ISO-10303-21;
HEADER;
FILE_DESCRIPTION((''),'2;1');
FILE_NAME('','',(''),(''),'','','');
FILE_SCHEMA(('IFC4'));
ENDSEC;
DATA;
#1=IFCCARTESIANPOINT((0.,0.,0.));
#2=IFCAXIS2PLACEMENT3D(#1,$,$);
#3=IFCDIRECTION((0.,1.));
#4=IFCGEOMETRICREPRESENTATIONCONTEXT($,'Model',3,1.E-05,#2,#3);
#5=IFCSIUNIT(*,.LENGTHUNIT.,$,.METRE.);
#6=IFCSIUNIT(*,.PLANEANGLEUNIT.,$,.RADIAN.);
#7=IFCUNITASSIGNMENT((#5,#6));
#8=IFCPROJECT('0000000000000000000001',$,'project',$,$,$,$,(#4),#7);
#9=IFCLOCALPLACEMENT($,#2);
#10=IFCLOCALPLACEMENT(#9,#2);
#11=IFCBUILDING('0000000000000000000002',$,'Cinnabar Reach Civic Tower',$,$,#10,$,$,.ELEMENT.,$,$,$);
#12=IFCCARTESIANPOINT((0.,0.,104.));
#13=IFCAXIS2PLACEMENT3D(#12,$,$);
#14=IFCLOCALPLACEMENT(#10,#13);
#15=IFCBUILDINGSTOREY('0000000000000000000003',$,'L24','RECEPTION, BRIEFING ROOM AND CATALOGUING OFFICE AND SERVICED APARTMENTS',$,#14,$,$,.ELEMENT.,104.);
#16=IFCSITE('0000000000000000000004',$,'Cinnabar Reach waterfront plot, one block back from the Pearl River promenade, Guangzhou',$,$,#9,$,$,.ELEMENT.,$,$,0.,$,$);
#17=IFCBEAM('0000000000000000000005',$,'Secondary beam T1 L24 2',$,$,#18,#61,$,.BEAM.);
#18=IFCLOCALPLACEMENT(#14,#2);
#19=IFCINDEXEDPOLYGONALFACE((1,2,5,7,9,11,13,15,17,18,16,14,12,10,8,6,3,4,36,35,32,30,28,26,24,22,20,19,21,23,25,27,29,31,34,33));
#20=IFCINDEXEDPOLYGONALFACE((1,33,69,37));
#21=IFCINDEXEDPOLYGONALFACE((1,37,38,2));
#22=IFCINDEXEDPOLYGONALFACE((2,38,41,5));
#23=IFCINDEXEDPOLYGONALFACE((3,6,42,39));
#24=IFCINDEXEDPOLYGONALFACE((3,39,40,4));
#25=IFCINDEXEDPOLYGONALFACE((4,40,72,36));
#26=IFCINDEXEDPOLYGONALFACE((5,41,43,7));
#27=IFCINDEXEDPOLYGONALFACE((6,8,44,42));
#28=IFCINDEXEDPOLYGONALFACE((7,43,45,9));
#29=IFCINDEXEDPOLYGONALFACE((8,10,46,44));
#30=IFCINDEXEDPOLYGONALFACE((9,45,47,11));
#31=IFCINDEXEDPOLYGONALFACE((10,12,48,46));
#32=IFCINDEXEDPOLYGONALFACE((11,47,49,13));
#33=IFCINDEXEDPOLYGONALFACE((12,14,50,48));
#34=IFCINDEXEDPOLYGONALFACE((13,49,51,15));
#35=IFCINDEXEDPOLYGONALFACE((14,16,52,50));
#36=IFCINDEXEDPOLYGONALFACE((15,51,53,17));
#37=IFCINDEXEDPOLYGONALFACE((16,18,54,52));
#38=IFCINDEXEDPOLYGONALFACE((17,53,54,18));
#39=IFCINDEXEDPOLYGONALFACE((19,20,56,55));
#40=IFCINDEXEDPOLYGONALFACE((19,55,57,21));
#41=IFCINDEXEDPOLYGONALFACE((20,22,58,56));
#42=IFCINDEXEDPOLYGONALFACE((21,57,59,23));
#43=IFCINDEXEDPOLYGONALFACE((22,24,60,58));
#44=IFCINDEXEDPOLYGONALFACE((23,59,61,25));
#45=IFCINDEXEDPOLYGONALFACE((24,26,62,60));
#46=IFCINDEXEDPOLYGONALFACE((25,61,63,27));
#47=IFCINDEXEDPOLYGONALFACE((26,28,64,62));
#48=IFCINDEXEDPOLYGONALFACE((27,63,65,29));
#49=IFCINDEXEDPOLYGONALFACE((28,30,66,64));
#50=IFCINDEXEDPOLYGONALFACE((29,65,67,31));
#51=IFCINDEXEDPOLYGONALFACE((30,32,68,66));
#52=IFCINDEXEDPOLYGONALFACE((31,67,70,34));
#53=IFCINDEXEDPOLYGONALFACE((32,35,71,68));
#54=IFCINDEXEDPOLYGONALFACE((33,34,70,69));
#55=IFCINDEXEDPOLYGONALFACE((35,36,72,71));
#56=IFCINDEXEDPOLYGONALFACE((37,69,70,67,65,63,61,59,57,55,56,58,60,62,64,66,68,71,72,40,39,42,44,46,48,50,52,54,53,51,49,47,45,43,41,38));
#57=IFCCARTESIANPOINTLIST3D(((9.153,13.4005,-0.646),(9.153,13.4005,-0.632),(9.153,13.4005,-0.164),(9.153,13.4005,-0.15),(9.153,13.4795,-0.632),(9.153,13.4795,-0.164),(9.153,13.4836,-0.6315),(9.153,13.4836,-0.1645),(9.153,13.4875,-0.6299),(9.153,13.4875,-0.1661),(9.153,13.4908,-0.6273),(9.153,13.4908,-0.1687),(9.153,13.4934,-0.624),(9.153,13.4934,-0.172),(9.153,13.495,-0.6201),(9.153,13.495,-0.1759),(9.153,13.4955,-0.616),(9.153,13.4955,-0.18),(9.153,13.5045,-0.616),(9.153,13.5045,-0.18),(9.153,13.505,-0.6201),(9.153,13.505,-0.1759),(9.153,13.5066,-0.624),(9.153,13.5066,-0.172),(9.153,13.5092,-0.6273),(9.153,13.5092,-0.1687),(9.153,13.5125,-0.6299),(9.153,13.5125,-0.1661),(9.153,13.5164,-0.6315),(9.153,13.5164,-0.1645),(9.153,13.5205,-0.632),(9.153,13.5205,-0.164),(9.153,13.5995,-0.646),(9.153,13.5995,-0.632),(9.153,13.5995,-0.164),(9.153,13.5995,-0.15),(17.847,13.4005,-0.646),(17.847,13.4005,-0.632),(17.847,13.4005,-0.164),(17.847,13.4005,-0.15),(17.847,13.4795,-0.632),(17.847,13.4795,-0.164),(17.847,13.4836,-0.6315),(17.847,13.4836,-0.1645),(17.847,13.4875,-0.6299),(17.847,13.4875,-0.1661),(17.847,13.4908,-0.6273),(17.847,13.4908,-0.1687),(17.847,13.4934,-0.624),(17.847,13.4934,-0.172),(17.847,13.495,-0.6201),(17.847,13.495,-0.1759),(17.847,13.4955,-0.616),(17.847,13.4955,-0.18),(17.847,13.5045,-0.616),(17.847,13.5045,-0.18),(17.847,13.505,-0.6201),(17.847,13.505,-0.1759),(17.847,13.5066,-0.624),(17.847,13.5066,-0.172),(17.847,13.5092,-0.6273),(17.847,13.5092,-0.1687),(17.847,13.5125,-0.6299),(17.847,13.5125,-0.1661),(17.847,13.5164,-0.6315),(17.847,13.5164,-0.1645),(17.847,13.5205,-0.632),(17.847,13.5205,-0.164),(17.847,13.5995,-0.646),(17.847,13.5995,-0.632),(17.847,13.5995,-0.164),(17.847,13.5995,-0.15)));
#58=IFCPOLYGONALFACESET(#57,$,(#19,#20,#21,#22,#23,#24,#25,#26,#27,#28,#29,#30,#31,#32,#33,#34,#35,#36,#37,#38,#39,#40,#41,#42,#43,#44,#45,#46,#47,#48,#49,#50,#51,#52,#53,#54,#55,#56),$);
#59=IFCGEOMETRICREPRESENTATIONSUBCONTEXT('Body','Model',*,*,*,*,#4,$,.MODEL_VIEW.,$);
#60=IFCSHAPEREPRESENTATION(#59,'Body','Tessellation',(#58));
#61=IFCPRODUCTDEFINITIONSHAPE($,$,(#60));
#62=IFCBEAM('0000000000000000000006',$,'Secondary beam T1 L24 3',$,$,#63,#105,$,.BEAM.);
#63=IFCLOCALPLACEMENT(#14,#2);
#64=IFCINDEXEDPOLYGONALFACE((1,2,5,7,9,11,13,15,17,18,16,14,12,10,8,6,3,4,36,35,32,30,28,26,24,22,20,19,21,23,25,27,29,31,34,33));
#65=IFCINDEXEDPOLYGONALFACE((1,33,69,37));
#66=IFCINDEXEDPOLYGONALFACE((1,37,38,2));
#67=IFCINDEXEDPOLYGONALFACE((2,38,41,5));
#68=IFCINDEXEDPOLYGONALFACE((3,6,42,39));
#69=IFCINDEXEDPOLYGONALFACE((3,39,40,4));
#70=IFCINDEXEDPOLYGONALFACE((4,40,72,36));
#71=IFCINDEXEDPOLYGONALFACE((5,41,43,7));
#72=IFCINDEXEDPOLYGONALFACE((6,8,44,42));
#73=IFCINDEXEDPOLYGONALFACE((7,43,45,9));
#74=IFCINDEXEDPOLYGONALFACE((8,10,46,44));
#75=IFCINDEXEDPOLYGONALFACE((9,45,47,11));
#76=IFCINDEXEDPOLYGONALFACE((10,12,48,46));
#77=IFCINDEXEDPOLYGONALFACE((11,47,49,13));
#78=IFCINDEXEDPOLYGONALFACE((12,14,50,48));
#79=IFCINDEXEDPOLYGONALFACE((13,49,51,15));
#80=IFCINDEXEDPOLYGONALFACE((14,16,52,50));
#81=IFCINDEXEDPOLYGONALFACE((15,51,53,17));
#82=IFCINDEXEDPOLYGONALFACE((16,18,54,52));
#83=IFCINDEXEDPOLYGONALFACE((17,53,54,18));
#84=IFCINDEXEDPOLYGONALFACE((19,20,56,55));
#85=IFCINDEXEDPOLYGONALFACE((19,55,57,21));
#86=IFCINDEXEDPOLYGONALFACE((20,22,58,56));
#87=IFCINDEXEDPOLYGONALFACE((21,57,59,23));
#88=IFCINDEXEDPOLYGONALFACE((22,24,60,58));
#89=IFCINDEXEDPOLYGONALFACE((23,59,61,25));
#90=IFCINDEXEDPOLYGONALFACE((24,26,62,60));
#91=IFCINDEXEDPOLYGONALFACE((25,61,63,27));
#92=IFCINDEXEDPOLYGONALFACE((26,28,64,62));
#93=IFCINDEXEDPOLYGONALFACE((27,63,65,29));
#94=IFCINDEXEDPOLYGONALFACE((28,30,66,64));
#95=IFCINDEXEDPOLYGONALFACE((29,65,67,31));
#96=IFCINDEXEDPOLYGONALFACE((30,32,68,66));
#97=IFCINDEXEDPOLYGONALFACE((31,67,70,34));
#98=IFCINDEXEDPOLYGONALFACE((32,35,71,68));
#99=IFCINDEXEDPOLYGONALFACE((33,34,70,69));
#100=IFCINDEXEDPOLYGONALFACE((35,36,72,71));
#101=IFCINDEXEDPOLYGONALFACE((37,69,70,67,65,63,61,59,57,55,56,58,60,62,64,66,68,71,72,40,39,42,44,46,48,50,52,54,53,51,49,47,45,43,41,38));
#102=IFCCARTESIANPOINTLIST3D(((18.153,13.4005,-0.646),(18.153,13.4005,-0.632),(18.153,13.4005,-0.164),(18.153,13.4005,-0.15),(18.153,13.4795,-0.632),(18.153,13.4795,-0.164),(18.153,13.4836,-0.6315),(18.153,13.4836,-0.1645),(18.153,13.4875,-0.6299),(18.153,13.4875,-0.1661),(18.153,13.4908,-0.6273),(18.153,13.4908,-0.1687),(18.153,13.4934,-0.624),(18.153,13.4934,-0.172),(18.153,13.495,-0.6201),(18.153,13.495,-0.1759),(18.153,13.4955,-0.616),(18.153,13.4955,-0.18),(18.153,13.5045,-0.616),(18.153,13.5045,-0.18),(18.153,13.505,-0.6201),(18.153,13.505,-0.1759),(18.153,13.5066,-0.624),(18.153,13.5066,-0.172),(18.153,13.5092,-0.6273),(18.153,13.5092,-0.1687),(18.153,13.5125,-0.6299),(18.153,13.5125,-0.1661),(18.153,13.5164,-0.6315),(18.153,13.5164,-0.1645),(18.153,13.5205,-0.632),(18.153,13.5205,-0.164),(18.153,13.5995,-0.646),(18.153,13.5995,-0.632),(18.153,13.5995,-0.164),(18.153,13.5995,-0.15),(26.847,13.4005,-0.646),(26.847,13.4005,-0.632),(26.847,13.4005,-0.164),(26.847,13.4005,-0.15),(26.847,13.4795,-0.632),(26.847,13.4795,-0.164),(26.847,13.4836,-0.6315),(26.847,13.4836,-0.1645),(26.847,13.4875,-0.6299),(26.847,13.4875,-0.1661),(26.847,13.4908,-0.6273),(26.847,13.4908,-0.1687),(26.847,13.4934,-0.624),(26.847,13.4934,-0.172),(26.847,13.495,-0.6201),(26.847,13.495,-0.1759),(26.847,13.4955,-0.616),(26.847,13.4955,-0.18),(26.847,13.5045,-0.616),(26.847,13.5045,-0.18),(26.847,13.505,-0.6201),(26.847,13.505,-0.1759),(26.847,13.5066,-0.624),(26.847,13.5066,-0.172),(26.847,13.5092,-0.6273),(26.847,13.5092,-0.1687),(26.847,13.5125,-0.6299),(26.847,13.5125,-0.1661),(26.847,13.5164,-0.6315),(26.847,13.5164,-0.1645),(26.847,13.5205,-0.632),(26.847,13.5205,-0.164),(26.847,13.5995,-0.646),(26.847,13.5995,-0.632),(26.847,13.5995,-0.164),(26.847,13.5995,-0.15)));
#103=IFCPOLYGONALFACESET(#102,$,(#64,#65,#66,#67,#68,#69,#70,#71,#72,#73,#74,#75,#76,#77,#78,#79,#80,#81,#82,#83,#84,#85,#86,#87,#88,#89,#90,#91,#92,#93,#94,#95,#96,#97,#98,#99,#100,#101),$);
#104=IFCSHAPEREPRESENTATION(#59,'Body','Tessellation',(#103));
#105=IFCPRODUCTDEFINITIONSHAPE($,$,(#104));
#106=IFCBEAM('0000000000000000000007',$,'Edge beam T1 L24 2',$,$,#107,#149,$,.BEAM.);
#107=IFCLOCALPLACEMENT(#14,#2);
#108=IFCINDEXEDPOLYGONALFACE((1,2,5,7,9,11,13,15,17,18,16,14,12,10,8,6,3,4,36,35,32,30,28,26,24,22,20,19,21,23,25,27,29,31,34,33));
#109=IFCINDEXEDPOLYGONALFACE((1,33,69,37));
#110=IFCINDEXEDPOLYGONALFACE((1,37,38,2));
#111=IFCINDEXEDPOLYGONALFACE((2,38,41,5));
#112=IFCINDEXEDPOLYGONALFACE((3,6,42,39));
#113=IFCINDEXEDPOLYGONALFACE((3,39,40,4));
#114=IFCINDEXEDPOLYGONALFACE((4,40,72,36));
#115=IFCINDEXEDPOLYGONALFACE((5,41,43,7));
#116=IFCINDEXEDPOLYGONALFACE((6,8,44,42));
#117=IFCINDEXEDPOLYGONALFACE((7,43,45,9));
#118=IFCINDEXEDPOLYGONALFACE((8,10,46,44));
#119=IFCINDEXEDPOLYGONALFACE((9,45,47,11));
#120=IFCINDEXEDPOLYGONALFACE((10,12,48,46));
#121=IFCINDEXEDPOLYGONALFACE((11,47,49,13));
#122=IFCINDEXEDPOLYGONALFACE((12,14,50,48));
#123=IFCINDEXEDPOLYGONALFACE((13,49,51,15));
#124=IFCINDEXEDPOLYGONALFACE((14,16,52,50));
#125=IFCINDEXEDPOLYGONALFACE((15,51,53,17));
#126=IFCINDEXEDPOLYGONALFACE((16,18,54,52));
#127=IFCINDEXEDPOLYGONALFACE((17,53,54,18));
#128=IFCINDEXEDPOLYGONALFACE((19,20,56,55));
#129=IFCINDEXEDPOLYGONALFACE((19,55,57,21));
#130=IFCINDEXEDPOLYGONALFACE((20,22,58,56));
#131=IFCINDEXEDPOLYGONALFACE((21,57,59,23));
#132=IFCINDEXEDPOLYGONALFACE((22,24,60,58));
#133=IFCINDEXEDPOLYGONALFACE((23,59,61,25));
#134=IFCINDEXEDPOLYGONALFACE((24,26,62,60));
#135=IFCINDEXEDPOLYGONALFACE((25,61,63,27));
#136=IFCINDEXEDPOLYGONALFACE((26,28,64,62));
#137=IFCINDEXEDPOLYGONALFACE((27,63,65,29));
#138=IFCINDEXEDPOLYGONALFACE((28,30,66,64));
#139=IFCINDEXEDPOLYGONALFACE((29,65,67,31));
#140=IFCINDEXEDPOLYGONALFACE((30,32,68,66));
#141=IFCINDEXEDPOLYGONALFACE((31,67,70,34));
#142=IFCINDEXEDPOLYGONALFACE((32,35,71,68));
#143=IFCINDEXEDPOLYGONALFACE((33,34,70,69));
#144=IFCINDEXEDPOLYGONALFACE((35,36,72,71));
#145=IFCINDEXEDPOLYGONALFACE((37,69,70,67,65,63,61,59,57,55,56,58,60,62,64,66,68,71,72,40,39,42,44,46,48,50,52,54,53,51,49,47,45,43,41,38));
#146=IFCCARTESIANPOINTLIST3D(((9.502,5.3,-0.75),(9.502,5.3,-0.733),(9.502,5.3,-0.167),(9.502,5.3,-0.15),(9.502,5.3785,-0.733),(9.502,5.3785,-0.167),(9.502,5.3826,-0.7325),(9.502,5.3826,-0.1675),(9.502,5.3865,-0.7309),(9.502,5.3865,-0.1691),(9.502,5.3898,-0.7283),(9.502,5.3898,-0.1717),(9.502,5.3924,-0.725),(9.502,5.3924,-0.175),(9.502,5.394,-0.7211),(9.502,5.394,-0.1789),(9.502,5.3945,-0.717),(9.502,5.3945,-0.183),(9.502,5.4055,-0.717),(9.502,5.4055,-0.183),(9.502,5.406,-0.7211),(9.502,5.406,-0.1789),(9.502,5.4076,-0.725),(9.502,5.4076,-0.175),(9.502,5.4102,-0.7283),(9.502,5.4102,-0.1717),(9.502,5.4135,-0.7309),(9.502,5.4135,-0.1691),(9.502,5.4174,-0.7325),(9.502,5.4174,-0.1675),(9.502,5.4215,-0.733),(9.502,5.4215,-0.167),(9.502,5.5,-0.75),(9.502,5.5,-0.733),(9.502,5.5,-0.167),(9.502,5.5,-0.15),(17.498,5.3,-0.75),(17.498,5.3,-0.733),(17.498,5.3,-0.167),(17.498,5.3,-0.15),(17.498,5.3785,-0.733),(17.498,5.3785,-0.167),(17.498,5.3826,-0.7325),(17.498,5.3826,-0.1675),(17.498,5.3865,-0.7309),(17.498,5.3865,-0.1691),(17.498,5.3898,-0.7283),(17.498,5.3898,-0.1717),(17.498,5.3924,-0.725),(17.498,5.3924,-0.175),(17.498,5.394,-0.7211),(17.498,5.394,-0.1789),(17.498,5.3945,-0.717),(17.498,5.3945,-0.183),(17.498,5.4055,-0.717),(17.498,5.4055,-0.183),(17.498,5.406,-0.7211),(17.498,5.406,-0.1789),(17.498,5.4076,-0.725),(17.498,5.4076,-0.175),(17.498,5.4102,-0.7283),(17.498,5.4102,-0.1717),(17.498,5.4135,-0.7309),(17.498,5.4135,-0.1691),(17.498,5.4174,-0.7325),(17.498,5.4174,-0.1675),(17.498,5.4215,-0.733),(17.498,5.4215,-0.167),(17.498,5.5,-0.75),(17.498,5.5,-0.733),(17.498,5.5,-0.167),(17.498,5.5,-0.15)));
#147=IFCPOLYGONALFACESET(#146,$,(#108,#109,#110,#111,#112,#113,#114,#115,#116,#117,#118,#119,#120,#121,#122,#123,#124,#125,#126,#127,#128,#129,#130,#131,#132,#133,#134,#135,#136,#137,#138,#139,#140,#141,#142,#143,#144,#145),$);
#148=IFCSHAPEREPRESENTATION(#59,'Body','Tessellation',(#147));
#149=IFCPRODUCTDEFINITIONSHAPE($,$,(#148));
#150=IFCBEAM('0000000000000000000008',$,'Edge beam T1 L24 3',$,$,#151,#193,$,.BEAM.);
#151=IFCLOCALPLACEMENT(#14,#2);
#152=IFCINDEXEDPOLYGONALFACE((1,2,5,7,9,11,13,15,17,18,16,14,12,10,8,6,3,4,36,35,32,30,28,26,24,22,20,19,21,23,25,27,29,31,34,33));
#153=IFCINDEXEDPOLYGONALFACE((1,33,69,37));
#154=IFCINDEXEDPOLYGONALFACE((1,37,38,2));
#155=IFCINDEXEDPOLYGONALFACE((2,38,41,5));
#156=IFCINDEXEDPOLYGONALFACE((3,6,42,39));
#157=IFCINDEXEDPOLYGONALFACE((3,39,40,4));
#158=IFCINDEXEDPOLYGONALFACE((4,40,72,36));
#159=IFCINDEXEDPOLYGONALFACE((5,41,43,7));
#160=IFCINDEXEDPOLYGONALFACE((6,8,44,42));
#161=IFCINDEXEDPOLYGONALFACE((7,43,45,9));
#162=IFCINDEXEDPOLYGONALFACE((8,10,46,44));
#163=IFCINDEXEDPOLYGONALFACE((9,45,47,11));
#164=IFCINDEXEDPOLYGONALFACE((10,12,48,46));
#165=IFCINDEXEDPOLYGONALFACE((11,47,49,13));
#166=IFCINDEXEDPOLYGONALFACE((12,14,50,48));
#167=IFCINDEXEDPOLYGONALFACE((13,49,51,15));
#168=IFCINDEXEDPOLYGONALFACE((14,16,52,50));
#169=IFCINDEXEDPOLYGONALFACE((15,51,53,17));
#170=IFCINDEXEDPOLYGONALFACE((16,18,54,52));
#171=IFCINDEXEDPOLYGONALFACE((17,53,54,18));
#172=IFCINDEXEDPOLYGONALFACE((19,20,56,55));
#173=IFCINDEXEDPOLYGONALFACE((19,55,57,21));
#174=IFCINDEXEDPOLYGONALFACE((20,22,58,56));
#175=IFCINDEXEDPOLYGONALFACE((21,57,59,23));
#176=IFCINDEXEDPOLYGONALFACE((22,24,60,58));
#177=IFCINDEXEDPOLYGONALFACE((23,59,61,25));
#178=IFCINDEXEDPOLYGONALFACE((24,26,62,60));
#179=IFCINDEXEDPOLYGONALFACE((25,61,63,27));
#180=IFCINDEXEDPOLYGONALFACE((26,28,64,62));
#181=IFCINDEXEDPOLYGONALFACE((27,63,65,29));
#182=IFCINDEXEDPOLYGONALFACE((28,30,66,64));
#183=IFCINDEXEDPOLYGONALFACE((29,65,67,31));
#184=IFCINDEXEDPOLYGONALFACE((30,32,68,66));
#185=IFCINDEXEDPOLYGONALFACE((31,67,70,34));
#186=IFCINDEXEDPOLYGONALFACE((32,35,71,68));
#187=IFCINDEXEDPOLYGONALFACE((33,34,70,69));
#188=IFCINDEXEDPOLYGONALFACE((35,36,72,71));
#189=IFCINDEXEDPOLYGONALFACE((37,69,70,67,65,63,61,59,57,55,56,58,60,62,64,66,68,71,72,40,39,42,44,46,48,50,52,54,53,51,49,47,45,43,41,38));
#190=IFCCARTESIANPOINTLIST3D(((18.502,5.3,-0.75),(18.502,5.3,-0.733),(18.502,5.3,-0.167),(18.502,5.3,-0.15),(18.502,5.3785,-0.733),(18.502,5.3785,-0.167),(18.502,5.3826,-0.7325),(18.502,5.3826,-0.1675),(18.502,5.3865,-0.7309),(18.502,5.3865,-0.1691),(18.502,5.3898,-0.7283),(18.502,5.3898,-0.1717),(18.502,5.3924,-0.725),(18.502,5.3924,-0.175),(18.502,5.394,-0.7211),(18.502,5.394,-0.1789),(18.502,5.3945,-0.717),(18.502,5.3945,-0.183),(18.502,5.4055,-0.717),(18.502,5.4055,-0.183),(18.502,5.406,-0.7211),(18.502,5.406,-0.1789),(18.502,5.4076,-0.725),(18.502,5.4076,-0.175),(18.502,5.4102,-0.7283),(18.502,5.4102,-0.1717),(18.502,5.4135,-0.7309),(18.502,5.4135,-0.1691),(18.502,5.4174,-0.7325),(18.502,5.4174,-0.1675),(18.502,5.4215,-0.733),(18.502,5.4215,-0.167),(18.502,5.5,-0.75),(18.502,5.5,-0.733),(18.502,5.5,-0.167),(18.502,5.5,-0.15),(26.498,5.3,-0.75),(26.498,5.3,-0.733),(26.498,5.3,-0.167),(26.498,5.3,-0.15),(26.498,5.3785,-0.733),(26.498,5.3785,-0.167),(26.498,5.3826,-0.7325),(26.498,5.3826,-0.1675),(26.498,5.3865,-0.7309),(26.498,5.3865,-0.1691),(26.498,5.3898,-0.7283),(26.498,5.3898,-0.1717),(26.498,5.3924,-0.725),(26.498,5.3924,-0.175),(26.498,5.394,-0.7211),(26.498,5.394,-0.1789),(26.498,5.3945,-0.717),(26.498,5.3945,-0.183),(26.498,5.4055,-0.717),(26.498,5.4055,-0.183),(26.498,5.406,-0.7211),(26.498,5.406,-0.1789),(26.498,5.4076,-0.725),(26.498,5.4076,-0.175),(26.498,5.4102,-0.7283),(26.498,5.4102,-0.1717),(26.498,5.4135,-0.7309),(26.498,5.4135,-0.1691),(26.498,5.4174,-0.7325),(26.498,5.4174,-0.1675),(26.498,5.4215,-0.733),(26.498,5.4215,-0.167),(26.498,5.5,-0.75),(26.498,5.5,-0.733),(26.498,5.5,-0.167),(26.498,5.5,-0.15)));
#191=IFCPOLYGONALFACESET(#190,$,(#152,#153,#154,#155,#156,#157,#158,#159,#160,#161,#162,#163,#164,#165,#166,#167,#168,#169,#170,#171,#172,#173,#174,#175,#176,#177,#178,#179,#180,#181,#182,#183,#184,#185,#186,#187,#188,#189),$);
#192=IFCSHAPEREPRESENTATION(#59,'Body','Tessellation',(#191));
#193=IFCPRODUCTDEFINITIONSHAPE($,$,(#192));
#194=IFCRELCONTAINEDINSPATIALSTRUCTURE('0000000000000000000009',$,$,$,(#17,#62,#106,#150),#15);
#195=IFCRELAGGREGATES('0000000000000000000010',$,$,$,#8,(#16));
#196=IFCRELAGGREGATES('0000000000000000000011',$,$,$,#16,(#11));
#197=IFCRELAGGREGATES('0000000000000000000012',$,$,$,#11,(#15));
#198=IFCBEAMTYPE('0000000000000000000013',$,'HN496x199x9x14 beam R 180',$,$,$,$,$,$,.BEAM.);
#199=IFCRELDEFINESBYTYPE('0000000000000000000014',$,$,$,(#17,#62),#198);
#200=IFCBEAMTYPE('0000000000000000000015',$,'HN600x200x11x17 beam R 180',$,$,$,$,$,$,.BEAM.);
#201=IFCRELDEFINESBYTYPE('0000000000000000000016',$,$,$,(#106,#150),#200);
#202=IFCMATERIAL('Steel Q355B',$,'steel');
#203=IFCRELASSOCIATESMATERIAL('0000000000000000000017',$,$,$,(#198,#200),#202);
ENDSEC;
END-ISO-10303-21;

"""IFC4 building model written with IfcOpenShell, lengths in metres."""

from ifc_helpers import new_model, si_unit, direction, frame, origin, origin_2d, place, context, subcontext, project, spatial, i_section, extrude, material, material_profile, profile_set, type_object, element, save


model = new_model("IFC4")

# Units and contexts
model_context = context("Model", 3, precision=1e-05, world=origin(), true_north=direction((0.0, 1.0)))
body_context = subcontext(model_context, "Body", "Model", "MODEL_VIEW")
ifc_project = project(units=[si_unit("LENGTHUNIT", "METRE"), si_unit("PLANEANGLEUNIT", "RADIAN")], contexts=[model_context])

# Site, building, storey
site_placement = place(None, origin())
site = spatial("IfcSite", under=ifc_project, at=site_placement, Name="Cinnabar Reach waterfront plot, one block back from the Pearl River promenade, Guangzhou", CompositionType="ELEMENT", RefElevation=0.0)
building_placement = place(site_placement, origin())
building = spatial("IfcBuilding", under=site, at=building_placement, Name="Cinnabar Reach Civic Tower", CompositionType="ELEMENT")
storey_placement = place(building_placement, frame((0.0, 0.0, 104.0)))
storey = spatial("IfcBuildingStorey", under=building, at=storey_placement, Name="L24", Description="RECEPTION, BRIEFING ROOM AND CATALOGUING OFFICE AND SERVICED APARTMENTS", CompositionType="ELEMENT", Elevation=104.0)

# Beams
ifc_material_1 = material(Name="Steel Q355B", Category="steel")
ifc_material_profile_1 = material_profile(ifc_material_1, i_section(OverallWidth=0.199, OverallDepth=0.496, WebThickness=0.009, FlangeThickness=0.014, FilletRadius=0.016, at=origin_2d()), Name="HN496x199x9x14")
ifc_profile_set_1 = profile_set([ifc_material_profile_1], Name="Steel Q355B")
beam_type_1 = type_object("IfcBeamType", Name="HN496x199x9x14 beam R 180", PredefinedType="BEAM", material=ifc_profile_set_1)
for number, where, z_axis, x_axis, name in (
    (1, (9.153, 13.5, -0.398), (1.0, 0.0, 0.0), (0.0, 1.0, 0.0), "Secondary beam T1 L24 2"),
    (2, (18.153, 13.5, -0.398), (1.0, 0.0, 0.0), (0.0, 1.0, 0.0), "Secondary beam T1 L24 3"),
):
    element("IfcBeam", number, at=place(storey_placement, frame(where, z_axis=z_axis, x_axis=x_axis)), inside=storey, type_object=beam_type_1, Name=name, PredefinedType="BEAM", context=body_context, shape_type="SweptSolid", body=[
        extrude(i_section(OverallWidth=0.199, OverallDepth=0.496, WebThickness=0.009, FlangeThickness=0.014, FilletRadius=0.016, at=origin_2d()), origin(), (0.0, 0.0, 1.0), 8.694),
    ])
ifc_material_profile_2 = material_profile(ifc_material_1, i_section(OverallWidth=0.2, OverallDepth=0.6, WebThickness=0.011, FlangeThickness=0.017, FilletRadius=0.016, at=origin_2d()), Name="HN600x200x11x17")
ifc_profile_set_2 = profile_set([ifc_material_profile_2], Name="Steel Q355B")
beam_type_2 = type_object("IfcBeamType", Name="HN600x200x11x17 beam R 180", PredefinedType="BEAM", material=ifc_profile_set_2)
for number, where, z_axis, x_axis, name in (
    (3, (9.502, 5.4, -0.45), (1.0, 0.0, 0.0), (0.0, 1.0, 0.0), "Edge beam T1 L24 2"),
    (4, (18.502, 5.4, -0.45), (1.0, 0.0, 0.0), (0.0, 1.0, 0.0), "Edge beam T1 L24 3"),
):
    element("IfcBeam", number, at=place(storey_placement, frame(where, z_axis=z_axis, x_axis=x_axis)), inside=storey, type_object=beam_type_2, Name=name, PredefinedType="BEAM", context=body_context, shape_type="SweptSolid", body=[
        extrude(i_section(OverallWidth=0.2, OverallDepth=0.6, WebThickness=0.011, FlangeThickness=0.017, FilletRadius=0.016, at=origin_2d()), origin(), (0.0, 0.0, 1.0), 7.996),
    ])

save(model, "model.ifc")
